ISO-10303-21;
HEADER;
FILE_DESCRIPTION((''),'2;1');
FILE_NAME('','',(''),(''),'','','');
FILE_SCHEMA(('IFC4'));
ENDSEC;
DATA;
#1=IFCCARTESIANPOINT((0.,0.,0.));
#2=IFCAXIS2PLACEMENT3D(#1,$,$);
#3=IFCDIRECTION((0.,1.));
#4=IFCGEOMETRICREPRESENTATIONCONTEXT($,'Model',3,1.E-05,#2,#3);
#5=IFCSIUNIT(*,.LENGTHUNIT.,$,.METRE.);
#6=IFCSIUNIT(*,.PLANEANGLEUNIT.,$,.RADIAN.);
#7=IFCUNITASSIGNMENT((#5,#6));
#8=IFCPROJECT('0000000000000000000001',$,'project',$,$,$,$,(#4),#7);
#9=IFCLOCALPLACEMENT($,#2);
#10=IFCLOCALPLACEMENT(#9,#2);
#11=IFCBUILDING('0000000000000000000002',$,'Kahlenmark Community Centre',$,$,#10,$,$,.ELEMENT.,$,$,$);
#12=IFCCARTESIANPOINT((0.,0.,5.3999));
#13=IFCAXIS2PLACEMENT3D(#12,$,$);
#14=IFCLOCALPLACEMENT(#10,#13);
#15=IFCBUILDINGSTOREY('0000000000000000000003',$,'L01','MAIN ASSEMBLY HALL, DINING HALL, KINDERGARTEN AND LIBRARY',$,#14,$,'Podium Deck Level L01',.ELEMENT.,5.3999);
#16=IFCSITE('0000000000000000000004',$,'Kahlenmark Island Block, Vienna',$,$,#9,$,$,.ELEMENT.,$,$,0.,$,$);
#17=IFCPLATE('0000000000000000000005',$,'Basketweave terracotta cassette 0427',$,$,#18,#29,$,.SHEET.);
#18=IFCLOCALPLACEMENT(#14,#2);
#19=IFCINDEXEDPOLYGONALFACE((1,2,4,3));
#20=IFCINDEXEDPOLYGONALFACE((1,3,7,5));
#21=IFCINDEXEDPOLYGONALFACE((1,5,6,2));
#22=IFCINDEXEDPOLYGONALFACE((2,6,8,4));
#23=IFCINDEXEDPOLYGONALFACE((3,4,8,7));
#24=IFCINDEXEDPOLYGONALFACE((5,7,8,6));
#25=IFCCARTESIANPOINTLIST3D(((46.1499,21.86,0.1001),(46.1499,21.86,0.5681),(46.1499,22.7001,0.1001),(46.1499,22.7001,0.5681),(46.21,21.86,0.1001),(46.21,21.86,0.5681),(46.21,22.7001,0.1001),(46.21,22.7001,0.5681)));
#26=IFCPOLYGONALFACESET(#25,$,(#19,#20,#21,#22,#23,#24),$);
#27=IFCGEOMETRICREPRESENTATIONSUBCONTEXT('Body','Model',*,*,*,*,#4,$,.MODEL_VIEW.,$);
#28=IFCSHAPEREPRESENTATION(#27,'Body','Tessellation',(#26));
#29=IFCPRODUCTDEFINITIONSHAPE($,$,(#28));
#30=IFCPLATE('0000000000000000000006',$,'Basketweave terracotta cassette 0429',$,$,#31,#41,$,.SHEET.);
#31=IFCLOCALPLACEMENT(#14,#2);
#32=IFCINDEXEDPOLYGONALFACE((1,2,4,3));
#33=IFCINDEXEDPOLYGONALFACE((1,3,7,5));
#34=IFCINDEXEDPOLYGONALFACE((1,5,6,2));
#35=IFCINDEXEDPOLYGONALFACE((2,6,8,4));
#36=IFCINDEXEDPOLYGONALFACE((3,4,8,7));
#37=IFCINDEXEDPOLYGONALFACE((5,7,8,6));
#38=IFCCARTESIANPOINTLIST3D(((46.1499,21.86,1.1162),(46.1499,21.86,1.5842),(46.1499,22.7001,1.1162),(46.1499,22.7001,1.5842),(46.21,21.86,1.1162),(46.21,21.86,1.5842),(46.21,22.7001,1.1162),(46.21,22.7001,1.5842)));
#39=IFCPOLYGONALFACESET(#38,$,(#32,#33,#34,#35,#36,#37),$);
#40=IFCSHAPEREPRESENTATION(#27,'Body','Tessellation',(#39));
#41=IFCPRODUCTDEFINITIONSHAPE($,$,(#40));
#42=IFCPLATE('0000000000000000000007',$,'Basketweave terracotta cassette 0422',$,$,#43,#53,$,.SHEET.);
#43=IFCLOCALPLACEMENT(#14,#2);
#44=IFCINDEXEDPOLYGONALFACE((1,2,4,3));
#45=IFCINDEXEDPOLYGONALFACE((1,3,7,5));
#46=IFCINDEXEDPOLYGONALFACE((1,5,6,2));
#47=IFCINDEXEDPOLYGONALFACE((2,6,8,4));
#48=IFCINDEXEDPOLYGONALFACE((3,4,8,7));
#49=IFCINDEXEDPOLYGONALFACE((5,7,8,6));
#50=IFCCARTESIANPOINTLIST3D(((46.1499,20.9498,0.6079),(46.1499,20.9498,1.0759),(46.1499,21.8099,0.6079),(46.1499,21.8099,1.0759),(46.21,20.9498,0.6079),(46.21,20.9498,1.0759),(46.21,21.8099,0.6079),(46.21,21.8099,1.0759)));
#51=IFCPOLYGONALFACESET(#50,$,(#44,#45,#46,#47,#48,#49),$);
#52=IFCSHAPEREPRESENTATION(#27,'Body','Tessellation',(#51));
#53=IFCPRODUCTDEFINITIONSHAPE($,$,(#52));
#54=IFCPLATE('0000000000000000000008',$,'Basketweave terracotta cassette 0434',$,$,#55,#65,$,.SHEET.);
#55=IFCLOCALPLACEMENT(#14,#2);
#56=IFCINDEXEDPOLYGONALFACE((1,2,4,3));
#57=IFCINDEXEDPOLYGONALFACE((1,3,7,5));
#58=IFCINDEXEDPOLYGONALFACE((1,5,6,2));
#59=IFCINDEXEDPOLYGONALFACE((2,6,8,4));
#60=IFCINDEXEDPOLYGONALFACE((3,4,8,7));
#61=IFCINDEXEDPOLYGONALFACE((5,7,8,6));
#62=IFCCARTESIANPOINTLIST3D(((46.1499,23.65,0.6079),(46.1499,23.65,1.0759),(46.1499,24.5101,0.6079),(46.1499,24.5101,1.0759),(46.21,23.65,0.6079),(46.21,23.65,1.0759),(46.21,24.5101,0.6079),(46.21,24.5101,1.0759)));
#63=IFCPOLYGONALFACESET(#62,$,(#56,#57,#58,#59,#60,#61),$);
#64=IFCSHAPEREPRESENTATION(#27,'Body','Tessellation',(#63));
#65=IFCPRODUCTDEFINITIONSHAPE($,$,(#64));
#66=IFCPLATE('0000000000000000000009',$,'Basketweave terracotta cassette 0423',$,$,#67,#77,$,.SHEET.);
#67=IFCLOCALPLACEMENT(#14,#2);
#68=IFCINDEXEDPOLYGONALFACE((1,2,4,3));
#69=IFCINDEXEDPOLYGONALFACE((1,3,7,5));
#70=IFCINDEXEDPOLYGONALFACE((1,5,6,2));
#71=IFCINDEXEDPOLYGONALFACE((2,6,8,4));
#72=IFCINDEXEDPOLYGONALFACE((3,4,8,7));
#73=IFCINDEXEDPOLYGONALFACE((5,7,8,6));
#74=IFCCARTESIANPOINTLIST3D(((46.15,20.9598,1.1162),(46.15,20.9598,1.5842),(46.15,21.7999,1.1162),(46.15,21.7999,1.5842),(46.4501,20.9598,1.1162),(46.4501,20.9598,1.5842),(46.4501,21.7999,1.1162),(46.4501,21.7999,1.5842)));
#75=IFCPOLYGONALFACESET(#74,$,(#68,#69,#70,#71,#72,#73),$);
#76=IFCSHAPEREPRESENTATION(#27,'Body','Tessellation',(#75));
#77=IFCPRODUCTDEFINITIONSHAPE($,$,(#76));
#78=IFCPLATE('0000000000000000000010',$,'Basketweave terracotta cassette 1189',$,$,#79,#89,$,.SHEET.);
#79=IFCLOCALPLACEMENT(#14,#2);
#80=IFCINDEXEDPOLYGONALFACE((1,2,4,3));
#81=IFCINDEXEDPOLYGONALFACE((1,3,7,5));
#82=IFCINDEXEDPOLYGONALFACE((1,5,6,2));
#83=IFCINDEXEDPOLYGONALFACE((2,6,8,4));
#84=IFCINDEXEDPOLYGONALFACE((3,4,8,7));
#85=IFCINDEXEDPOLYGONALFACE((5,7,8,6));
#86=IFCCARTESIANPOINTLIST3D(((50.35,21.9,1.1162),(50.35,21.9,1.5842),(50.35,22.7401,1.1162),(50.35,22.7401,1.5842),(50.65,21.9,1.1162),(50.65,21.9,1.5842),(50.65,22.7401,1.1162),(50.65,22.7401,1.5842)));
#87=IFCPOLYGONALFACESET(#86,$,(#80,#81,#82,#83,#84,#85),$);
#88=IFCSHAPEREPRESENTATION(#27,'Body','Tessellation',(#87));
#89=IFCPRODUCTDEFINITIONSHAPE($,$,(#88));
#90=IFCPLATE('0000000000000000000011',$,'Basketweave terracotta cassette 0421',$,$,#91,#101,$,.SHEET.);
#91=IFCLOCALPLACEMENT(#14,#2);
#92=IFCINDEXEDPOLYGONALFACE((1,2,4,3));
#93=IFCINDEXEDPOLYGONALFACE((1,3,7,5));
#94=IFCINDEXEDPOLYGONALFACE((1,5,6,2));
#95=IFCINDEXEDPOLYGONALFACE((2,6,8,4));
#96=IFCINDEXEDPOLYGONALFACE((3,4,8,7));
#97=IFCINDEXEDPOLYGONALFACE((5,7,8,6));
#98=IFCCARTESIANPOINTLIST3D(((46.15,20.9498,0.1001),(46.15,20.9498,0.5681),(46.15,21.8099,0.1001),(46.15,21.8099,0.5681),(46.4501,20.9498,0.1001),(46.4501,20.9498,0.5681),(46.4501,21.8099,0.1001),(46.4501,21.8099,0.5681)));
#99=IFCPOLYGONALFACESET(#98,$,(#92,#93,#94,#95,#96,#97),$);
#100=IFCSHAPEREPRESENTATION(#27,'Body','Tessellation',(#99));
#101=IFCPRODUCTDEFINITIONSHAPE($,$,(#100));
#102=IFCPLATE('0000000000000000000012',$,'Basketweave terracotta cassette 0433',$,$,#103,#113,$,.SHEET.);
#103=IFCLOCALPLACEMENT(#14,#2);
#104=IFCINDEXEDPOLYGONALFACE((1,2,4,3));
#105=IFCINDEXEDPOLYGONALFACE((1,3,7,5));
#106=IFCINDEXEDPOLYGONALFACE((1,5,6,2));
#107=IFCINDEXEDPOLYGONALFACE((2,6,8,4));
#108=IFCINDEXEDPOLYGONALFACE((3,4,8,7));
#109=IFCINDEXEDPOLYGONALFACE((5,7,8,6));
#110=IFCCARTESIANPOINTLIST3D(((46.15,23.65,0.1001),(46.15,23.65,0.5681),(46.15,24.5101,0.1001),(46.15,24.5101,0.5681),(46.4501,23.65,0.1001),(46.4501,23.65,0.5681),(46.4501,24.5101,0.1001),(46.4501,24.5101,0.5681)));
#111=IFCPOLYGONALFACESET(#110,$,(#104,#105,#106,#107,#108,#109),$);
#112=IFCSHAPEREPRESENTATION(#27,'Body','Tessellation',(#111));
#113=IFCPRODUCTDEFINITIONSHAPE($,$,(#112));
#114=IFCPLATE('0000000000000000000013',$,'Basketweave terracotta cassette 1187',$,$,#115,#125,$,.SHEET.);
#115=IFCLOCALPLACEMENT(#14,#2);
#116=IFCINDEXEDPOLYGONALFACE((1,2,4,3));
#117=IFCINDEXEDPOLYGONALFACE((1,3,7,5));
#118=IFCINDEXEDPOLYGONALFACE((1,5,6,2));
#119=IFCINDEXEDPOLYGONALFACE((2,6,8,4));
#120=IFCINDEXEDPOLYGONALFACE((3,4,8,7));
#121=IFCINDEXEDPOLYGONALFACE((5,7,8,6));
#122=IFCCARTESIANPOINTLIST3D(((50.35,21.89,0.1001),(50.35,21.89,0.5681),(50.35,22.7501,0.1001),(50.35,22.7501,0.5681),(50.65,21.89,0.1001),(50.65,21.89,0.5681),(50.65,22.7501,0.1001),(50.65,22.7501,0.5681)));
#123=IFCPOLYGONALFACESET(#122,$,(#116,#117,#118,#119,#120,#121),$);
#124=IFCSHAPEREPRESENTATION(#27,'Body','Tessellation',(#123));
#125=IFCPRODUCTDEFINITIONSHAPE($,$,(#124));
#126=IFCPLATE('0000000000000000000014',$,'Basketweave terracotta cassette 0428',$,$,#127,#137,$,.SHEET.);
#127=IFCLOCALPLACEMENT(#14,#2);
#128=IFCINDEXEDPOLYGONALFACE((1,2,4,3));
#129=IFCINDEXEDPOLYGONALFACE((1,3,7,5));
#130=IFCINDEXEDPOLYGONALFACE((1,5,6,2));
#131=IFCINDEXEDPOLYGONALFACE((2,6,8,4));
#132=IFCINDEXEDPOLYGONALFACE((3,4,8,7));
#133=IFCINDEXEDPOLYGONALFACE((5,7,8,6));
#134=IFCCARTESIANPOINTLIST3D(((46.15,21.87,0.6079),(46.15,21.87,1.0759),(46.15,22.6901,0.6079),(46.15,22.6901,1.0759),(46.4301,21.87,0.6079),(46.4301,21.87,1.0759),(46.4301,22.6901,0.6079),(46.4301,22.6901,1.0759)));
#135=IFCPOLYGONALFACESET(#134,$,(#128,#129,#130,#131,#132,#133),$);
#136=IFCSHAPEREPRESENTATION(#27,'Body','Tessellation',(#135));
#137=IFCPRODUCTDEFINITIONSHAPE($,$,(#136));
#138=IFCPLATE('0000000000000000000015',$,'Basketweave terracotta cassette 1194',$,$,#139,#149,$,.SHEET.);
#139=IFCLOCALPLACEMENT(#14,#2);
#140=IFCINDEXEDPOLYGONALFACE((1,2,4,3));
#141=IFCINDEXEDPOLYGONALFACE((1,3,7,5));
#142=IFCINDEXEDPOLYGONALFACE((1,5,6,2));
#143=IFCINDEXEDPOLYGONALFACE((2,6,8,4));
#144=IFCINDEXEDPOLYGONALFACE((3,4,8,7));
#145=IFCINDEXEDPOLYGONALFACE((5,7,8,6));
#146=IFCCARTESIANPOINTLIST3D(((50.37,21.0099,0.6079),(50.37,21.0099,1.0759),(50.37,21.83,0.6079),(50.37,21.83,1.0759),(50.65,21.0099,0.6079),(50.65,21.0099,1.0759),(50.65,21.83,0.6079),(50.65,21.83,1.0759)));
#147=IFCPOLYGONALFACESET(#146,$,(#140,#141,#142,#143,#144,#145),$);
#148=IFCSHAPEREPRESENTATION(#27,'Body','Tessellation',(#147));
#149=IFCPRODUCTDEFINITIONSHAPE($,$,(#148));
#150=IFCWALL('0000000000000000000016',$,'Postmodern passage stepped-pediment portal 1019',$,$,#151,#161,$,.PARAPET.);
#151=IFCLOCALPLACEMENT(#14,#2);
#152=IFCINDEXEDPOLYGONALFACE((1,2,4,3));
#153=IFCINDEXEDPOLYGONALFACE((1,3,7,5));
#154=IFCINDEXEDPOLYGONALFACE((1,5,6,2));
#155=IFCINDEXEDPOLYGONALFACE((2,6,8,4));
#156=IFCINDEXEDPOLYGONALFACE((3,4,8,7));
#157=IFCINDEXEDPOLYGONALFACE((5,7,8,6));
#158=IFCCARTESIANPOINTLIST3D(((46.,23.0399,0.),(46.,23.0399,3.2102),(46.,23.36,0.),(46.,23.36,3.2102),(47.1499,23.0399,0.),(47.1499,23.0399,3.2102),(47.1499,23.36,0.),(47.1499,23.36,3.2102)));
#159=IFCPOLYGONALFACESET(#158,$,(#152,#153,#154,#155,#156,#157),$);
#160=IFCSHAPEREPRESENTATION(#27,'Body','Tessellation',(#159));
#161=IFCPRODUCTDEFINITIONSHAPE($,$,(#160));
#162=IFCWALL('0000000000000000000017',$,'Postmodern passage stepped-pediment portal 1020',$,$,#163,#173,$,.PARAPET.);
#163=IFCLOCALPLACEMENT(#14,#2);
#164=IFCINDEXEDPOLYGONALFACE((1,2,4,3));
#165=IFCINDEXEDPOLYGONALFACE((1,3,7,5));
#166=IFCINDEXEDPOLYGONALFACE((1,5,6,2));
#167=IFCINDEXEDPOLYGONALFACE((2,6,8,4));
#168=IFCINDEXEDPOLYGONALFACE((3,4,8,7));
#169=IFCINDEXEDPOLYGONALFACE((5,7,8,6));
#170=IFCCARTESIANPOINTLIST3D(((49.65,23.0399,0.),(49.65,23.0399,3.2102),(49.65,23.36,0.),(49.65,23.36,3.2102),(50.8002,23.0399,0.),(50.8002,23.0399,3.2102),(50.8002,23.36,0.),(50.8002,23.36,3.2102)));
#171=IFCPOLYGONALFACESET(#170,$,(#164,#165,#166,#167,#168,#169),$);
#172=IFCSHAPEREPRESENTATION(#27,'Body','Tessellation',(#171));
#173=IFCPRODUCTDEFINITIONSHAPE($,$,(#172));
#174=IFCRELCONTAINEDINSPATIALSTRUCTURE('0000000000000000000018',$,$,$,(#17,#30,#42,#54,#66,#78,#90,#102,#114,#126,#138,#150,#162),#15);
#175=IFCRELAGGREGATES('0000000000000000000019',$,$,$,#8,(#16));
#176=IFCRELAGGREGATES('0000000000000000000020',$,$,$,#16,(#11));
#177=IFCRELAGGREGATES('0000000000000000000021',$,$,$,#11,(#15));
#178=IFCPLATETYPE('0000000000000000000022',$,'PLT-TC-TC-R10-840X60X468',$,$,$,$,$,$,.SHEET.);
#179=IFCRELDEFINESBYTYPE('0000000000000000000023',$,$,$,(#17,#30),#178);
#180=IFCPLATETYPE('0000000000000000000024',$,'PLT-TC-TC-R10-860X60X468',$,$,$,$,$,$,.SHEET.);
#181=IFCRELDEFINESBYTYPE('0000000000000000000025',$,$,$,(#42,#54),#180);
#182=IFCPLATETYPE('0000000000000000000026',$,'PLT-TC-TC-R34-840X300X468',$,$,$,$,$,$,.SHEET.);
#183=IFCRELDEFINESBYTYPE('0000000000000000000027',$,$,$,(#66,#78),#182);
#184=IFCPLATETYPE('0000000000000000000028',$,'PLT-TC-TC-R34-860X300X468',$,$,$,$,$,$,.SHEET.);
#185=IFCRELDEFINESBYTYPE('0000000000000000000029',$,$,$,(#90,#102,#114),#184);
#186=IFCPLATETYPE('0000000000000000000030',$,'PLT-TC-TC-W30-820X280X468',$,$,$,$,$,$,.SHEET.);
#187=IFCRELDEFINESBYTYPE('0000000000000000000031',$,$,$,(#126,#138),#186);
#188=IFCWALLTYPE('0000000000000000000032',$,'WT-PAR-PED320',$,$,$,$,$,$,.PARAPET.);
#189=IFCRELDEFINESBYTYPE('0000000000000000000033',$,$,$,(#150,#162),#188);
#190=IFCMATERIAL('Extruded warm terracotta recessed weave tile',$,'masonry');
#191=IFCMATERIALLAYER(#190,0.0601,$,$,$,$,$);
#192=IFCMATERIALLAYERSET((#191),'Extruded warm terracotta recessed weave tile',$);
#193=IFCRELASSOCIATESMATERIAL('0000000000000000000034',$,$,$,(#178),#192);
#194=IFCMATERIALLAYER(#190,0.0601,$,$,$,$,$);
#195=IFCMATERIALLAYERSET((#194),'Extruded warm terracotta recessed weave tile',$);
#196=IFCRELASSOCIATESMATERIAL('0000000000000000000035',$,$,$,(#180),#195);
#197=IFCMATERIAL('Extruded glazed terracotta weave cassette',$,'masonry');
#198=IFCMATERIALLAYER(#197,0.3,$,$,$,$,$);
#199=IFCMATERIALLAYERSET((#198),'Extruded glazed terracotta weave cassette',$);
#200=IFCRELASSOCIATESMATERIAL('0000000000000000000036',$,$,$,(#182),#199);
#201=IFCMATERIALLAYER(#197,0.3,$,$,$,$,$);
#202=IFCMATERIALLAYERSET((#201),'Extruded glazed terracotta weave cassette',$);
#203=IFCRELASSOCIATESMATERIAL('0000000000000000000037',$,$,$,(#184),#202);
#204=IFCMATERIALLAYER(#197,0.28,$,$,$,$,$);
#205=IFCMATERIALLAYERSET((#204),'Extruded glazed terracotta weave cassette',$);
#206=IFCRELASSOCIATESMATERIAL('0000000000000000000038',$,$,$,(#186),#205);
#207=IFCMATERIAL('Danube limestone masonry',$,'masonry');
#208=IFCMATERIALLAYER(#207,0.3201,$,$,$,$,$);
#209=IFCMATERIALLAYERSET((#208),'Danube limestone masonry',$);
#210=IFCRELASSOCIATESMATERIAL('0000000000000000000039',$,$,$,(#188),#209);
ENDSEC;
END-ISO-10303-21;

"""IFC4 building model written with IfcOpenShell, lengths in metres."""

from ifc_helpers import new_model, si_unit, direction, frame, frame_2d, origin, origin_2d, place, context, subcontext, project, spatial, rectangle, extrude, material, layer, layer_set, type_object, element, save


model = new_model("IFC4")

# Units and contexts
model_context = context("Model", 3, precision=1e-05, world=origin(), true_north=direction((0.0, 1.0)))
body_context = subcontext(model_context, "Body", "Model", "MODEL_VIEW")
ifc_project = project(units=[si_unit("LENGTHUNIT", "METRE"), si_unit("PLANEANGLEUNIT", "RADIAN")], contexts=[model_context])

# Site, building, storey
site_placement = place(None, origin())
site = spatial("IfcSite", under=ifc_project, at=site_placement, Name="Kahlenmark Island Block, Vienna", CompositionType="ELEMENT", RefElevation=0.0)
building_placement = place(site_placement, origin())
building = spatial("IfcBuilding", under=site, at=building_placement, Name="Kahlenmark Community Centre", CompositionType="ELEMENT")
storey_placement = place(building_placement, frame((0.0, 0.0, 5.3999)))
storey = spatial("IfcBuildingStorey", under=building, at=storey_placement, Name="L01", Description="MAIN ASSEMBLY HALL, DINING HALL, KINDERGARTEN AND LIBRARY", LongName="Podium Deck Level L01", CompositionType="ELEMENT", Elevation=5.3999)

# Plates
ifc_material_1 = material(Name="Extruded warm terracotta recessed weave tile", Category="masonry")
ifc_layer_1 = layer(ifc_material_1, 0.0601)
ifc_layer_set_1 = layer_set([ifc_layer_1], Name="Extruded warm terracotta recessed weave tile")
plate_type_1 = type_object("IfcPlateType", Name="PLT-TC-TC-R10-840X60X468", PredefinedType="SHEET", material=ifc_layer_set_1)
for number, where, z_axis, x_axis, name in (
    (1, (46.1799, 22.28, 0.1001), (0.0, 0.0, 1.0), (0.0, 1.0, 0.0), "Basketweave terracotta cassette 0427"),
    (2, (46.1799, 22.28, 1.1162), (0.0, 0.0, 1.0), (0.0, 1.0, 0.0), "Basketweave terracotta cassette 0429"),
):
    element("IfcPlate", number, at=place(storey_placement, frame(where, z_axis=z_axis, x_axis=x_axis)), inside=storey, type_object=plate_type_1, Name=name, PredefinedType="SHEET", context=body_context, shape_type="SweptSolid", body=[
        extrude(rectangle(XDim=0.8401, YDim=0.0601, at=origin_2d()), origin(), (0.0, 0.0, 1.0), 0.468),
    ])
ifc_layer_2 = layer(ifc_material_1, 0.0601)
ifc_layer_set_2 = layer_set([ifc_layer_2], Name="Extruded warm terracotta recessed weave tile")
plate_type_2 = type_object("IfcPlateType", Name="PLT-TC-TC-R10-860X60X468", PredefinedType="SHEET", material=ifc_layer_set_2)
for number, where, z_axis, x_axis, name in (
    (3, (46.1799, 21.3799, 0.6079), (0.0, 0.0, 1.0), (0.0, 1.0, 0.0), "Basketweave terracotta cassette 0422"),
    (4, (46.1799, 24.0801, 0.6079), (0.0, 0.0, 1.0), (0.0, 1.0, 0.0), "Basketweave terracotta cassette 0434"),
):
    element("IfcPlate", number, at=place(storey_placement, frame(where, z_axis=z_axis, x_axis=x_axis)), inside=storey, type_object=plate_type_2, Name=name, PredefinedType="SHEET", context=body_context, shape_type="SweptSolid", body=[
        extrude(rectangle(XDim=0.8601, YDim=0.0601, at=origin_2d()), origin(), (0.0, 0.0, 1.0), 0.468),
    ])
ifc_material_2 = material(Name="Extruded glazed terracotta weave cassette", Category="masonry")
ifc_layer_3 = layer(ifc_material_2, 0.3)
ifc_layer_set_3 = layer_set([ifc_layer_3], Name="Extruded glazed terracotta weave cassette")
plate_type_3 = type_object("IfcPlateType", Name="PLT-TC-TC-R34-840X300X468", PredefinedType="SHEET", material=ifc_layer_set_3)
for number, where, z_axis, x_axis, name in (
    (5, (46.3, 21.3799, 1.1162), (0.0, 0.0, 1.0), (0.0, 1.0, 0.0), "Basketweave terracotta cassette 0423"),
    (6, (50.5, 22.3201, 1.1162), (0.0, 0.0, 1.0), (0.0, -1.0, 0.0), "Basketweave terracotta cassette 1189"),
):
    element("IfcPlate", number, at=place(storey_placement, frame(where, z_axis=z_axis, x_axis=x_axis)), inside=storey, type_object=plate_type_3, Name=name, PredefinedType="SHEET", context=body_context, shape_type="SweptSolid", body=[
        extrude(rectangle(XDim=0.8401, YDim=0.3, at=origin_2d()), origin(), (0.0, 0.0, 1.0), 0.468),
    ])
ifc_layer_4 = layer(ifc_material_2, 0.3)
ifc_layer_set_4 = layer_set([ifc_layer_4], Name="Extruded glazed terracotta weave cassette")
plate_type_4 = type_object("IfcPlateType", Name="PLT-TC-TC-R34-860X300X468", PredefinedType="SHEET", material=ifc_layer_set_4)
for number, where, z_axis, x_axis, name in (
    (7, (46.3, 21.3799, 0.1001), (0.0, 0.0, 1.0), (0.0, 1.0, 0.0), "Basketweave terracotta cassette 0421"),
    (8, (46.3, 24.0801, 0.1001), (0.0, 0.0, 1.0), (0.0, 1.0, 0.0), "Basketweave terracotta cassette 0433"),
    (9, (50.5, 22.3201, 0.1001), (0.0, 0.0, 1.0), (0.0, -1.0, 0.0), "Basketweave terracotta cassette 1187"),
):
    element("IfcPlate", number, at=place(storey_placement, frame(where, z_axis=z_axis, x_axis=x_axis)), inside=storey, type_object=plate_type_4, Name=name, PredefinedType="SHEET", context=body_context, shape_type="SweptSolid", body=[
        extrude(rectangle(XDim=0.8601, YDim=0.3, at=origin_2d()), origin(), (0.0, 0.0, 1.0), 0.468),
    ])
ifc_layer_5 = layer(ifc_material_2, 0.28)
ifc_layer_set_5 = layer_set([ifc_layer_5], Name="Extruded glazed terracotta weave cassette")
plate_type_5 = type_object("IfcPlateType", Name="PLT-TC-TC-W30-820X280X468", PredefinedType="SHEET", material=ifc_layer_set_5)
for number, where, z_axis, x_axis, name in (
    (10, (46.29, 22.28, 0.6079), (0.0, 0.0, 1.0), (0.0, 1.0, 0.0), "Basketweave terracotta cassette 0428"),
    (11, (50.51, 21.4199, 0.6079), (0.0, 0.0, 1.0), (0.0, -1.0, 0.0), "Basketweave terracotta cassette 1194"),
):
    element("IfcPlate", number, at=place(storey_placement, frame(where, z_axis=z_axis, x_axis=x_axis)), inside=storey, type_object=plate_type_5, Name=name, PredefinedType="SHEET", context=body_context, shape_type="SweptSolid", body=[
        extrude(rectangle(XDim=0.8201, YDim=0.28, at=origin_2d()), origin(), (0.0, 0.0, 1.0), 0.468),
    ])

# Walls
ifc_material_3 = material(Name="Danube limestone masonry", Category="masonry")
ifc_layer_6 = layer(ifc_material_3, 0.3201)
ifc_layer_set_6 = layer_set([ifc_layer_6], Name="Danube limestone masonry")
wall_type = type_object("IfcWallType", Name="WT-PAR-PED320", PredefinedType="PARAPET", material=ifc_layer_set_6)
wall_1_placement = place(storey_placement, frame((46.0, 23.2, 0.0), z_axis=(0.0, 0.0, 1.0), x_axis=(1.0, 0.0, 0.0)))
element("IfcWall", 12, at=wall_1_placement, inside=storey, type_object=wall_type, Name="Postmodern passage stepped-pediment portal 1019", PredefinedType="PARAPET", context=body_context, shape_type="SweptSolid", body=[
    extrude(rectangle(XDim=1.1499, YDim=0.3201, at=frame_2d((0.575, 0.0))), origin(), (0.0, 0.0, 1.0), 3.2102),
])
wall_2_placement = place(storey_placement, frame((49.6499, 23.2, 0.0), z_axis=(0.0, 0.0, 1.0), x_axis=(1.0, 0.0, 0.0)))
element("IfcWall", 13, at=wall_2_placement, inside=storey, type_object=wall_type, Name="Postmodern passage stepped-pediment portal 1020", PredefinedType="PARAPET", context=body_context, shape_type="SweptSolid", body=[
    extrude(rectangle(XDim=1.1501, YDim=0.3201, at=frame_2d((0.5752, 0.0))), origin(), (0.0, 0.0, 1.0), 3.2102),
])

save(model, "model.ifc")
